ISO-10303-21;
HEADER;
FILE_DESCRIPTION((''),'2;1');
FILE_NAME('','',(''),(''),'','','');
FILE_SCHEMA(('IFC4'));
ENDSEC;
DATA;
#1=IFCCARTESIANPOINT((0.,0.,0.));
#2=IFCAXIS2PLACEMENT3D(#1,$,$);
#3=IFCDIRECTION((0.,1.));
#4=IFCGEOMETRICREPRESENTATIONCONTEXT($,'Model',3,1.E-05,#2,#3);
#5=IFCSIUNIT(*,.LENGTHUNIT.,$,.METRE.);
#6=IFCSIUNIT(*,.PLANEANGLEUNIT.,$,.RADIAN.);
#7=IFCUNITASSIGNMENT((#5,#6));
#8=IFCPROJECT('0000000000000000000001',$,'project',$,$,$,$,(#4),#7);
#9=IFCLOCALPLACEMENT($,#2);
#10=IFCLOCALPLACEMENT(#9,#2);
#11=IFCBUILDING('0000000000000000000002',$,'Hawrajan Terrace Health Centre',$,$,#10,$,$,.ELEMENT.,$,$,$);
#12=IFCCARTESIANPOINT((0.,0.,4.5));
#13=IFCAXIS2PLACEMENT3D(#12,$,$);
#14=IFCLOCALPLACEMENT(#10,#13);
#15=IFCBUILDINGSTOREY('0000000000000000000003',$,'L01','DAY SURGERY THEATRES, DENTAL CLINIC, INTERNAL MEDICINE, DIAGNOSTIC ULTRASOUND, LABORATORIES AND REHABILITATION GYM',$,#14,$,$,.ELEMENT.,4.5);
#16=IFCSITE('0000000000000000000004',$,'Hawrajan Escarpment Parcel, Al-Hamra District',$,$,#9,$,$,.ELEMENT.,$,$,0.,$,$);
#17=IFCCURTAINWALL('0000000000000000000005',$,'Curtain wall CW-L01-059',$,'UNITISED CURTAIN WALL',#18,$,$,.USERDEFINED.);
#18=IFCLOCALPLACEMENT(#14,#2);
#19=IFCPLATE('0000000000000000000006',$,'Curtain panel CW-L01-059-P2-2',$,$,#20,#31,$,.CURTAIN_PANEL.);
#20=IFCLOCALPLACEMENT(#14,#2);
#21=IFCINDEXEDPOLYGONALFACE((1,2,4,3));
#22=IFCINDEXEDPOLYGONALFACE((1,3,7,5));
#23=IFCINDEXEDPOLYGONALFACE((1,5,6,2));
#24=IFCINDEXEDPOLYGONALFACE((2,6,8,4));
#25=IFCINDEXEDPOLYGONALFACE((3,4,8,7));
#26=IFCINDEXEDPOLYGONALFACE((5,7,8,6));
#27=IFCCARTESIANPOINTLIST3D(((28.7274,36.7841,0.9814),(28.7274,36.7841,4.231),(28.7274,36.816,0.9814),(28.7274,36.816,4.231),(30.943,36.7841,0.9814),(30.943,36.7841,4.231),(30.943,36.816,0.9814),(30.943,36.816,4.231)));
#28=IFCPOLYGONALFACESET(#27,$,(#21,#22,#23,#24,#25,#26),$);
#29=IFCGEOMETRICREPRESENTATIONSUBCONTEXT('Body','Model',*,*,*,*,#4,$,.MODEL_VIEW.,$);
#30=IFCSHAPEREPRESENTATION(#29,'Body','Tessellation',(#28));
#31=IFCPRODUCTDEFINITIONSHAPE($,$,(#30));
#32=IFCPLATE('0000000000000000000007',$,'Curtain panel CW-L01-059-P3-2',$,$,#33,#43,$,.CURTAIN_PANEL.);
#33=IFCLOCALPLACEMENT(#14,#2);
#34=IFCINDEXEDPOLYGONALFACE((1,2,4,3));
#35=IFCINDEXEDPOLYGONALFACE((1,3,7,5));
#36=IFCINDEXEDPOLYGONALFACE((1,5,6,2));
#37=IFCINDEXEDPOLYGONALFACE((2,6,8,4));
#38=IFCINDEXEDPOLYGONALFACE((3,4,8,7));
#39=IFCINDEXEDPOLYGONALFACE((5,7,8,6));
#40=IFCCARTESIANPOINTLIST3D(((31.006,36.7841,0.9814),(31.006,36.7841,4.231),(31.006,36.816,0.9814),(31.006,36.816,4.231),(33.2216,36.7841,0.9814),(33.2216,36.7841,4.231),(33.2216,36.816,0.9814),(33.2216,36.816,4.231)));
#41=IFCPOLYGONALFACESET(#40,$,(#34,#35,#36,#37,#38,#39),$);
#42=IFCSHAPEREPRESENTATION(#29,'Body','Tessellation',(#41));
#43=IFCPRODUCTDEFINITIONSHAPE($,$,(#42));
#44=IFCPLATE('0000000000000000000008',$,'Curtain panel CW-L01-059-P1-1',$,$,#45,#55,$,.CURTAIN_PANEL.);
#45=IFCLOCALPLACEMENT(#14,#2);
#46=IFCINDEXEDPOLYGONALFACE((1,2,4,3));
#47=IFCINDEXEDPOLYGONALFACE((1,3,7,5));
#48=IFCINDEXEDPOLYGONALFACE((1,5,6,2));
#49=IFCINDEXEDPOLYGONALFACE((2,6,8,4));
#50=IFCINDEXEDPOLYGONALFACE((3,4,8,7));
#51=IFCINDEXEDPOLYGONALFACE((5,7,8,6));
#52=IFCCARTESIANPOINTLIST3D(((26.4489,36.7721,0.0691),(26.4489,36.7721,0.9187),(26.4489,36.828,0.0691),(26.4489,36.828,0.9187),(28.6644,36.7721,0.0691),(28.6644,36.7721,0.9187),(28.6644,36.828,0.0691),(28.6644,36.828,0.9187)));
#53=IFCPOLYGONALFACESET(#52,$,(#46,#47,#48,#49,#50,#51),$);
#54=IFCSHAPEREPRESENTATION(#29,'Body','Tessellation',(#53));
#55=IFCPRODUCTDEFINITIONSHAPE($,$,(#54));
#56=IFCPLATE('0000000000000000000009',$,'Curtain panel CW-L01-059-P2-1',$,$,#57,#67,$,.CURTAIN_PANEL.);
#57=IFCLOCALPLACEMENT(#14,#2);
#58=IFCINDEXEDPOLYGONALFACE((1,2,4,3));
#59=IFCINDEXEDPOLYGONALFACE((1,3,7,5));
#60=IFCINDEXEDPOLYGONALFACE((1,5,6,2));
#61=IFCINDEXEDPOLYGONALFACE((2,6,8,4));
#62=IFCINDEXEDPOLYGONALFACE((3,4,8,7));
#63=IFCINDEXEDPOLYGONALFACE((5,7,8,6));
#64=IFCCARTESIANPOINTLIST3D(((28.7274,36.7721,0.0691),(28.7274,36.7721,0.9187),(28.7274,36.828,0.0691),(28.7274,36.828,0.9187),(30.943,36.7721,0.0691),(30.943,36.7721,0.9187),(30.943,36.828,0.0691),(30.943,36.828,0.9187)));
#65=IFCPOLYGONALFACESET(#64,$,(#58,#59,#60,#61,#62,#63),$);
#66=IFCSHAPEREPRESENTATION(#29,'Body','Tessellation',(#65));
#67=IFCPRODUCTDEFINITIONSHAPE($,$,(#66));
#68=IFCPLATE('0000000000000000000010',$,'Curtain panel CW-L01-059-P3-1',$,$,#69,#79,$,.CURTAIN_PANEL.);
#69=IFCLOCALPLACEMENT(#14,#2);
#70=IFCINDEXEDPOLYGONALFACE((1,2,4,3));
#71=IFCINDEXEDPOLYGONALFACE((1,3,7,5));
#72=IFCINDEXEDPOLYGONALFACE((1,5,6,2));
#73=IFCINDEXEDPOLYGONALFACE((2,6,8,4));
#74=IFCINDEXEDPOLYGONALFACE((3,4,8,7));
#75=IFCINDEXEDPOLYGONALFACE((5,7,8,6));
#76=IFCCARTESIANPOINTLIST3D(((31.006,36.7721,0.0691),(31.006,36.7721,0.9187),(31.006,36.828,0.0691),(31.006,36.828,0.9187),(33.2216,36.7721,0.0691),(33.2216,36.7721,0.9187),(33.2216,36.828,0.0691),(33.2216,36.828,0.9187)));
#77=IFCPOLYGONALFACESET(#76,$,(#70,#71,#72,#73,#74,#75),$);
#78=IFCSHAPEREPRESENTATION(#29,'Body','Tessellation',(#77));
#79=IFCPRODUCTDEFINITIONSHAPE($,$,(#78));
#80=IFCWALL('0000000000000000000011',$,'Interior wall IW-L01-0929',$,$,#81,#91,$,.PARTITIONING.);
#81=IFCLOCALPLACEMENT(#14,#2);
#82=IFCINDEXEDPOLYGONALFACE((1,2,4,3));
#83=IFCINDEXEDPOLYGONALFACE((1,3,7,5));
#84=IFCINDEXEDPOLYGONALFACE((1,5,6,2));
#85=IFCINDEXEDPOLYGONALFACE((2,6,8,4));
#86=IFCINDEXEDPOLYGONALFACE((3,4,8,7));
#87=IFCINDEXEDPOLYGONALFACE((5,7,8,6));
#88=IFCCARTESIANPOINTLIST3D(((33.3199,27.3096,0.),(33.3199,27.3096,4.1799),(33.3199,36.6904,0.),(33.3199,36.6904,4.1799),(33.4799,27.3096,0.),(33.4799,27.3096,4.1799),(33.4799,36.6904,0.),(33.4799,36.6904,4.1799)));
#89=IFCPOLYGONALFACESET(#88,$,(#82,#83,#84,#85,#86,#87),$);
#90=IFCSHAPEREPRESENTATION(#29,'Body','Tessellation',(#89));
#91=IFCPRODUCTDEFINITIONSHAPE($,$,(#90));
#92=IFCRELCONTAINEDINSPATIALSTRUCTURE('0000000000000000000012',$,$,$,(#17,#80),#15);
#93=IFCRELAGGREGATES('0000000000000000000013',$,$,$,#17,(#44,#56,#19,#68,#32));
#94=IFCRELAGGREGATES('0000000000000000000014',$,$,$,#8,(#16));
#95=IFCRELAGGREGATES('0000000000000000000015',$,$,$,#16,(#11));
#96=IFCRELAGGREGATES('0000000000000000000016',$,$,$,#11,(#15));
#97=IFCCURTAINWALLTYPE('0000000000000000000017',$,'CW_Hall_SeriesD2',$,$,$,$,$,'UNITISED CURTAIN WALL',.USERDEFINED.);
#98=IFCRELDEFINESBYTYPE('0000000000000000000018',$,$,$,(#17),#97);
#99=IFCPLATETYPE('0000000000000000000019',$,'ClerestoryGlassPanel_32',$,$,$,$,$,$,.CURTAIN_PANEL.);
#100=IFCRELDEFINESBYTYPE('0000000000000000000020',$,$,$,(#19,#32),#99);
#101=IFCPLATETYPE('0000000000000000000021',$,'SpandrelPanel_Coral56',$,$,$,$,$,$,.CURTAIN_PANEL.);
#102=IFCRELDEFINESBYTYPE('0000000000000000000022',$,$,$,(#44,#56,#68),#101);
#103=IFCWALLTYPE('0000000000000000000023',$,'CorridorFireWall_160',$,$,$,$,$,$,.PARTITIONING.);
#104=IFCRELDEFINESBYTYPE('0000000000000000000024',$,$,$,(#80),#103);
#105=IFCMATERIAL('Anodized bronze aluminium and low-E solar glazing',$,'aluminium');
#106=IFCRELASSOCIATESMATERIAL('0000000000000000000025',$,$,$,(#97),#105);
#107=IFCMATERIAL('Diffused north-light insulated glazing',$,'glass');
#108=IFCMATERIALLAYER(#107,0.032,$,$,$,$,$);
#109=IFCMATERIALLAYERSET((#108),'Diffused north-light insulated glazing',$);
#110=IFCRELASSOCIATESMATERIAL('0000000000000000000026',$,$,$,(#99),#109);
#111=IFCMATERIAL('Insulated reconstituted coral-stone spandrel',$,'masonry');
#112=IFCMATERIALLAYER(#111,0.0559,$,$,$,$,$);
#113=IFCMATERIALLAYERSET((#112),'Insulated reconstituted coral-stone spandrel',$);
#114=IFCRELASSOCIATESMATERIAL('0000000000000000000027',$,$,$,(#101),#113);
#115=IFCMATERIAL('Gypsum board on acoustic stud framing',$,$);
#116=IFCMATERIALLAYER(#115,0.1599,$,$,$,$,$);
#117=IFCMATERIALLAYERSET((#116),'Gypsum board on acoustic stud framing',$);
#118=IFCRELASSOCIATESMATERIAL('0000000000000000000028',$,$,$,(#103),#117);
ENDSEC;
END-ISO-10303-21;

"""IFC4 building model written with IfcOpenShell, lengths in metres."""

from ifc_helpers import new_model, si_unit, direction, frame, frame_2d, origin, origin_2d, place, context, subcontext, project, spatial, rectangle, extrude, material, layer, layer_set, type_object, element, aggregate, save


model = new_model("IFC4")

# Units and contexts
model_context = context("Model", 3, precision=1e-05, world=origin(), true_north=direction((0.0, 1.0)))
body_context = subcontext(model_context, "Body", "Model", "MODEL_VIEW")
ifc_project = project(units=[si_unit("LENGTHUNIT", "METRE"), si_unit("PLANEANGLEUNIT", "RADIAN")], contexts=[model_context])

# Site, building, storey
site_placement = place(None, origin())
site = spatial("IfcSite", under=ifc_project, at=site_placement, Name="Hawrajan Escarpment Parcel, Al-Hamra District", CompositionType="ELEMENT", RefElevation=0.0)
building_placement = place(site_placement, origin())
building = spatial("IfcBuilding", under=site, at=building_placement, Name="Hawrajan Terrace Health Centre", CompositionType="ELEMENT")
storey_placement = place(building_placement, frame((0.0, 0.0, 4.5)))
storey = spatial("IfcBuildingStorey", under=building, at=storey_placement, Name="L01", Description="DAY SURGERY THEATRES, DENTAL CLINIC, INTERNAL MEDICINE, DIAGNOSTIC ULTRASOUND, LABORATORIES AND REHABILITATION GYM", CompositionType="ELEMENT", Elevation=4.5)

# Curtain wall
ifc_material_1 = material(Name="Anodized bronze aluminium and low-E solar glazing", Category="aluminium")
curtain_wall_type_1 = type_object("IfcCurtainWallType", Name="CW_Hall_SeriesD2", ElementType="UNITISED CURTAIN WALL", PredefinedType="USERDEFINED", material=ifc_material_1)
curtain_wall_1_placement = place(storey_placement, origin())
curtain_wall_1 = element("IfcCurtainWall", 1, at=curtain_wall_1_placement, inside=storey, type_object=curtain_wall_type_1, Name="Curtain wall CW-L01-059", ObjectType="UNITISED CURTAIN WALL", PredefinedType="USERDEFINED")

# Plates
ifc_material_2 = material(Name="Diffused north-light insulated glazing", Category="glass")
ifc_layer_1 = layer(ifc_material_2, 0.032)
ifc_layer_set_1 = layer_set([ifc_layer_1], Name="Diffused north-light insulated glazing")
plate_type_1 = type_object("IfcPlateType", Name="ClerestoryGlassPanel_32", PredefinedType="CURTAIN_PANEL", material=ifc_layer_set_1)
plate_1_placement = place(storey_placement, frame((29.8352, 36.8, 0.9814), z_axis=(0.0, 0.0, 1.0), x_axis=(1.0, 0.0, 0.0)))
plate_1 = element("IfcPlate", 2, at=plate_1_placement, type_object=plate_type_1, Name="Curtain panel CW-L01-059-P2-2", PredefinedType="CURTAIN_PANEL", context=body_context, shape_type="SweptSolid", body=[
    extrude(rectangle(XDim=2.2156, YDim=0.032, at=origin_2d()), origin(), (0.0, 0.0, 1.0), 3.2495),
])
plate_2_placement = place(storey_placement, frame((32.1138, 36.8, 0.9814), z_axis=(0.0, 0.0, 1.0), x_axis=(1.0, 0.0, 0.0)))
plate_2 = element("IfcPlate", 3, at=plate_2_placement, type_object=plate_type_1, Name="Curtain panel CW-L01-059-P3-2", PredefinedType="CURTAIN_PANEL", context=body_context, shape_type="SweptSolid", body=[
    extrude(rectangle(XDim=2.2156, YDim=0.032, at=origin_2d()), origin(), (0.0, 0.0, 1.0), 3.2495),
])
ifc_material_3 = material(Name="Insulated reconstituted coral-stone spandrel", Category="masonry")
ifc_layer_2 = layer(ifc_material_3, 0.0559)
ifc_layer_set_2 = layer_set([ifc_layer_2], Name="Insulated reconstituted coral-stone spandrel")
plate_type_2 = type_object("IfcPlateType", Name="SpandrelPanel_Coral56", PredefinedType="CURTAIN_PANEL", material=ifc_layer_set_2)
plate_3_placement = place(storey_placement, frame((27.5566, 36.8, 0.0691), z_axis=(0.0, 0.0, 1.0), x_axis=(1.0, 0.0, 0.0)))
plate_3 = element("IfcPlate", 4, at=plate_3_placement, type_object=plate_type_2, Name="Curtain panel CW-L01-059-P1-1", PredefinedType="CURTAIN_PANEL", context=body_context, shape_type="SweptSolid", body=[
    extrude(rectangle(XDim=2.2156, YDim=0.0559, at=origin_2d()), origin(), (0.0, 0.0, 1.0), 0.8496),
])
plate_4_placement = place(storey_placement, frame((29.8352, 36.8, 0.0691), z_axis=(0.0, 0.0, 1.0), x_axis=(1.0, 0.0, 0.0)))
plate_4 = element("IfcPlate", 5, at=plate_4_placement, type_object=plate_type_2, Name="Curtain panel CW-L01-059-P2-1", PredefinedType="CURTAIN_PANEL", context=body_context, shape_type="SweptSolid", body=[
    extrude(rectangle(XDim=2.2156, YDim=0.0559, at=origin_2d()), origin(), (0.0, 0.0, 1.0), 0.8496),
])
plate_5_placement = place(storey_placement, frame((32.1138, 36.8, 0.0691), z_axis=(0.0, 0.0, 1.0), x_axis=(1.0, 0.0, 0.0)))
plate_5 = element("IfcPlate", 6, at=plate_5_placement, type_object=plate_type_2, Name="Curtain panel CW-L01-059-P3-1", PredefinedType="CURTAIN_PANEL", context=body_context, shape_type="SweptSolid", body=[
    extrude(rectangle(XDim=2.2156, YDim=0.0559, at=origin_2d()), origin(), (0.0, 0.0, 1.0), 0.8496),
])
aggregate(curtain_wall_1, [plate_3, plate_4, plate_1, plate_5, plate_2])

# Wall
ifc_material_4 = material(Name="Gypsum board on acoustic stud framing")
ifc_layer_3 = layer(ifc_material_4, 0.1599)
ifc_layer_set_3 = layer_set([ifc_layer_3], Name="Gypsum board on acoustic stud framing")
wall_type = type_object("IfcWallType", Name="CorridorFireWall_160", PredefinedType="PARTITIONING", material=ifc_layer_set_3)
wall_placement = place(storey_placement, frame((33.3999, 27.3096, 0.0), z_axis=(0.0, 0.0, 1.0), x_axis=(0.0, 1.0, 0.0)))
element("IfcWall", 7, at=wall_placement, inside=storey, type_object=wall_type, Name="Interior wall IW-L01-0929", PredefinedType="PARTITIONING", context=body_context, shape_type="SweptSolid", body=[
    extrude(rectangle(XDim=9.3809, YDim=0.1599, at=frame_2d((4.6904, 0.0))), origin(), (0.0, 0.0, 1.0), 4.1799),
])

save(model, "model.ifc")
